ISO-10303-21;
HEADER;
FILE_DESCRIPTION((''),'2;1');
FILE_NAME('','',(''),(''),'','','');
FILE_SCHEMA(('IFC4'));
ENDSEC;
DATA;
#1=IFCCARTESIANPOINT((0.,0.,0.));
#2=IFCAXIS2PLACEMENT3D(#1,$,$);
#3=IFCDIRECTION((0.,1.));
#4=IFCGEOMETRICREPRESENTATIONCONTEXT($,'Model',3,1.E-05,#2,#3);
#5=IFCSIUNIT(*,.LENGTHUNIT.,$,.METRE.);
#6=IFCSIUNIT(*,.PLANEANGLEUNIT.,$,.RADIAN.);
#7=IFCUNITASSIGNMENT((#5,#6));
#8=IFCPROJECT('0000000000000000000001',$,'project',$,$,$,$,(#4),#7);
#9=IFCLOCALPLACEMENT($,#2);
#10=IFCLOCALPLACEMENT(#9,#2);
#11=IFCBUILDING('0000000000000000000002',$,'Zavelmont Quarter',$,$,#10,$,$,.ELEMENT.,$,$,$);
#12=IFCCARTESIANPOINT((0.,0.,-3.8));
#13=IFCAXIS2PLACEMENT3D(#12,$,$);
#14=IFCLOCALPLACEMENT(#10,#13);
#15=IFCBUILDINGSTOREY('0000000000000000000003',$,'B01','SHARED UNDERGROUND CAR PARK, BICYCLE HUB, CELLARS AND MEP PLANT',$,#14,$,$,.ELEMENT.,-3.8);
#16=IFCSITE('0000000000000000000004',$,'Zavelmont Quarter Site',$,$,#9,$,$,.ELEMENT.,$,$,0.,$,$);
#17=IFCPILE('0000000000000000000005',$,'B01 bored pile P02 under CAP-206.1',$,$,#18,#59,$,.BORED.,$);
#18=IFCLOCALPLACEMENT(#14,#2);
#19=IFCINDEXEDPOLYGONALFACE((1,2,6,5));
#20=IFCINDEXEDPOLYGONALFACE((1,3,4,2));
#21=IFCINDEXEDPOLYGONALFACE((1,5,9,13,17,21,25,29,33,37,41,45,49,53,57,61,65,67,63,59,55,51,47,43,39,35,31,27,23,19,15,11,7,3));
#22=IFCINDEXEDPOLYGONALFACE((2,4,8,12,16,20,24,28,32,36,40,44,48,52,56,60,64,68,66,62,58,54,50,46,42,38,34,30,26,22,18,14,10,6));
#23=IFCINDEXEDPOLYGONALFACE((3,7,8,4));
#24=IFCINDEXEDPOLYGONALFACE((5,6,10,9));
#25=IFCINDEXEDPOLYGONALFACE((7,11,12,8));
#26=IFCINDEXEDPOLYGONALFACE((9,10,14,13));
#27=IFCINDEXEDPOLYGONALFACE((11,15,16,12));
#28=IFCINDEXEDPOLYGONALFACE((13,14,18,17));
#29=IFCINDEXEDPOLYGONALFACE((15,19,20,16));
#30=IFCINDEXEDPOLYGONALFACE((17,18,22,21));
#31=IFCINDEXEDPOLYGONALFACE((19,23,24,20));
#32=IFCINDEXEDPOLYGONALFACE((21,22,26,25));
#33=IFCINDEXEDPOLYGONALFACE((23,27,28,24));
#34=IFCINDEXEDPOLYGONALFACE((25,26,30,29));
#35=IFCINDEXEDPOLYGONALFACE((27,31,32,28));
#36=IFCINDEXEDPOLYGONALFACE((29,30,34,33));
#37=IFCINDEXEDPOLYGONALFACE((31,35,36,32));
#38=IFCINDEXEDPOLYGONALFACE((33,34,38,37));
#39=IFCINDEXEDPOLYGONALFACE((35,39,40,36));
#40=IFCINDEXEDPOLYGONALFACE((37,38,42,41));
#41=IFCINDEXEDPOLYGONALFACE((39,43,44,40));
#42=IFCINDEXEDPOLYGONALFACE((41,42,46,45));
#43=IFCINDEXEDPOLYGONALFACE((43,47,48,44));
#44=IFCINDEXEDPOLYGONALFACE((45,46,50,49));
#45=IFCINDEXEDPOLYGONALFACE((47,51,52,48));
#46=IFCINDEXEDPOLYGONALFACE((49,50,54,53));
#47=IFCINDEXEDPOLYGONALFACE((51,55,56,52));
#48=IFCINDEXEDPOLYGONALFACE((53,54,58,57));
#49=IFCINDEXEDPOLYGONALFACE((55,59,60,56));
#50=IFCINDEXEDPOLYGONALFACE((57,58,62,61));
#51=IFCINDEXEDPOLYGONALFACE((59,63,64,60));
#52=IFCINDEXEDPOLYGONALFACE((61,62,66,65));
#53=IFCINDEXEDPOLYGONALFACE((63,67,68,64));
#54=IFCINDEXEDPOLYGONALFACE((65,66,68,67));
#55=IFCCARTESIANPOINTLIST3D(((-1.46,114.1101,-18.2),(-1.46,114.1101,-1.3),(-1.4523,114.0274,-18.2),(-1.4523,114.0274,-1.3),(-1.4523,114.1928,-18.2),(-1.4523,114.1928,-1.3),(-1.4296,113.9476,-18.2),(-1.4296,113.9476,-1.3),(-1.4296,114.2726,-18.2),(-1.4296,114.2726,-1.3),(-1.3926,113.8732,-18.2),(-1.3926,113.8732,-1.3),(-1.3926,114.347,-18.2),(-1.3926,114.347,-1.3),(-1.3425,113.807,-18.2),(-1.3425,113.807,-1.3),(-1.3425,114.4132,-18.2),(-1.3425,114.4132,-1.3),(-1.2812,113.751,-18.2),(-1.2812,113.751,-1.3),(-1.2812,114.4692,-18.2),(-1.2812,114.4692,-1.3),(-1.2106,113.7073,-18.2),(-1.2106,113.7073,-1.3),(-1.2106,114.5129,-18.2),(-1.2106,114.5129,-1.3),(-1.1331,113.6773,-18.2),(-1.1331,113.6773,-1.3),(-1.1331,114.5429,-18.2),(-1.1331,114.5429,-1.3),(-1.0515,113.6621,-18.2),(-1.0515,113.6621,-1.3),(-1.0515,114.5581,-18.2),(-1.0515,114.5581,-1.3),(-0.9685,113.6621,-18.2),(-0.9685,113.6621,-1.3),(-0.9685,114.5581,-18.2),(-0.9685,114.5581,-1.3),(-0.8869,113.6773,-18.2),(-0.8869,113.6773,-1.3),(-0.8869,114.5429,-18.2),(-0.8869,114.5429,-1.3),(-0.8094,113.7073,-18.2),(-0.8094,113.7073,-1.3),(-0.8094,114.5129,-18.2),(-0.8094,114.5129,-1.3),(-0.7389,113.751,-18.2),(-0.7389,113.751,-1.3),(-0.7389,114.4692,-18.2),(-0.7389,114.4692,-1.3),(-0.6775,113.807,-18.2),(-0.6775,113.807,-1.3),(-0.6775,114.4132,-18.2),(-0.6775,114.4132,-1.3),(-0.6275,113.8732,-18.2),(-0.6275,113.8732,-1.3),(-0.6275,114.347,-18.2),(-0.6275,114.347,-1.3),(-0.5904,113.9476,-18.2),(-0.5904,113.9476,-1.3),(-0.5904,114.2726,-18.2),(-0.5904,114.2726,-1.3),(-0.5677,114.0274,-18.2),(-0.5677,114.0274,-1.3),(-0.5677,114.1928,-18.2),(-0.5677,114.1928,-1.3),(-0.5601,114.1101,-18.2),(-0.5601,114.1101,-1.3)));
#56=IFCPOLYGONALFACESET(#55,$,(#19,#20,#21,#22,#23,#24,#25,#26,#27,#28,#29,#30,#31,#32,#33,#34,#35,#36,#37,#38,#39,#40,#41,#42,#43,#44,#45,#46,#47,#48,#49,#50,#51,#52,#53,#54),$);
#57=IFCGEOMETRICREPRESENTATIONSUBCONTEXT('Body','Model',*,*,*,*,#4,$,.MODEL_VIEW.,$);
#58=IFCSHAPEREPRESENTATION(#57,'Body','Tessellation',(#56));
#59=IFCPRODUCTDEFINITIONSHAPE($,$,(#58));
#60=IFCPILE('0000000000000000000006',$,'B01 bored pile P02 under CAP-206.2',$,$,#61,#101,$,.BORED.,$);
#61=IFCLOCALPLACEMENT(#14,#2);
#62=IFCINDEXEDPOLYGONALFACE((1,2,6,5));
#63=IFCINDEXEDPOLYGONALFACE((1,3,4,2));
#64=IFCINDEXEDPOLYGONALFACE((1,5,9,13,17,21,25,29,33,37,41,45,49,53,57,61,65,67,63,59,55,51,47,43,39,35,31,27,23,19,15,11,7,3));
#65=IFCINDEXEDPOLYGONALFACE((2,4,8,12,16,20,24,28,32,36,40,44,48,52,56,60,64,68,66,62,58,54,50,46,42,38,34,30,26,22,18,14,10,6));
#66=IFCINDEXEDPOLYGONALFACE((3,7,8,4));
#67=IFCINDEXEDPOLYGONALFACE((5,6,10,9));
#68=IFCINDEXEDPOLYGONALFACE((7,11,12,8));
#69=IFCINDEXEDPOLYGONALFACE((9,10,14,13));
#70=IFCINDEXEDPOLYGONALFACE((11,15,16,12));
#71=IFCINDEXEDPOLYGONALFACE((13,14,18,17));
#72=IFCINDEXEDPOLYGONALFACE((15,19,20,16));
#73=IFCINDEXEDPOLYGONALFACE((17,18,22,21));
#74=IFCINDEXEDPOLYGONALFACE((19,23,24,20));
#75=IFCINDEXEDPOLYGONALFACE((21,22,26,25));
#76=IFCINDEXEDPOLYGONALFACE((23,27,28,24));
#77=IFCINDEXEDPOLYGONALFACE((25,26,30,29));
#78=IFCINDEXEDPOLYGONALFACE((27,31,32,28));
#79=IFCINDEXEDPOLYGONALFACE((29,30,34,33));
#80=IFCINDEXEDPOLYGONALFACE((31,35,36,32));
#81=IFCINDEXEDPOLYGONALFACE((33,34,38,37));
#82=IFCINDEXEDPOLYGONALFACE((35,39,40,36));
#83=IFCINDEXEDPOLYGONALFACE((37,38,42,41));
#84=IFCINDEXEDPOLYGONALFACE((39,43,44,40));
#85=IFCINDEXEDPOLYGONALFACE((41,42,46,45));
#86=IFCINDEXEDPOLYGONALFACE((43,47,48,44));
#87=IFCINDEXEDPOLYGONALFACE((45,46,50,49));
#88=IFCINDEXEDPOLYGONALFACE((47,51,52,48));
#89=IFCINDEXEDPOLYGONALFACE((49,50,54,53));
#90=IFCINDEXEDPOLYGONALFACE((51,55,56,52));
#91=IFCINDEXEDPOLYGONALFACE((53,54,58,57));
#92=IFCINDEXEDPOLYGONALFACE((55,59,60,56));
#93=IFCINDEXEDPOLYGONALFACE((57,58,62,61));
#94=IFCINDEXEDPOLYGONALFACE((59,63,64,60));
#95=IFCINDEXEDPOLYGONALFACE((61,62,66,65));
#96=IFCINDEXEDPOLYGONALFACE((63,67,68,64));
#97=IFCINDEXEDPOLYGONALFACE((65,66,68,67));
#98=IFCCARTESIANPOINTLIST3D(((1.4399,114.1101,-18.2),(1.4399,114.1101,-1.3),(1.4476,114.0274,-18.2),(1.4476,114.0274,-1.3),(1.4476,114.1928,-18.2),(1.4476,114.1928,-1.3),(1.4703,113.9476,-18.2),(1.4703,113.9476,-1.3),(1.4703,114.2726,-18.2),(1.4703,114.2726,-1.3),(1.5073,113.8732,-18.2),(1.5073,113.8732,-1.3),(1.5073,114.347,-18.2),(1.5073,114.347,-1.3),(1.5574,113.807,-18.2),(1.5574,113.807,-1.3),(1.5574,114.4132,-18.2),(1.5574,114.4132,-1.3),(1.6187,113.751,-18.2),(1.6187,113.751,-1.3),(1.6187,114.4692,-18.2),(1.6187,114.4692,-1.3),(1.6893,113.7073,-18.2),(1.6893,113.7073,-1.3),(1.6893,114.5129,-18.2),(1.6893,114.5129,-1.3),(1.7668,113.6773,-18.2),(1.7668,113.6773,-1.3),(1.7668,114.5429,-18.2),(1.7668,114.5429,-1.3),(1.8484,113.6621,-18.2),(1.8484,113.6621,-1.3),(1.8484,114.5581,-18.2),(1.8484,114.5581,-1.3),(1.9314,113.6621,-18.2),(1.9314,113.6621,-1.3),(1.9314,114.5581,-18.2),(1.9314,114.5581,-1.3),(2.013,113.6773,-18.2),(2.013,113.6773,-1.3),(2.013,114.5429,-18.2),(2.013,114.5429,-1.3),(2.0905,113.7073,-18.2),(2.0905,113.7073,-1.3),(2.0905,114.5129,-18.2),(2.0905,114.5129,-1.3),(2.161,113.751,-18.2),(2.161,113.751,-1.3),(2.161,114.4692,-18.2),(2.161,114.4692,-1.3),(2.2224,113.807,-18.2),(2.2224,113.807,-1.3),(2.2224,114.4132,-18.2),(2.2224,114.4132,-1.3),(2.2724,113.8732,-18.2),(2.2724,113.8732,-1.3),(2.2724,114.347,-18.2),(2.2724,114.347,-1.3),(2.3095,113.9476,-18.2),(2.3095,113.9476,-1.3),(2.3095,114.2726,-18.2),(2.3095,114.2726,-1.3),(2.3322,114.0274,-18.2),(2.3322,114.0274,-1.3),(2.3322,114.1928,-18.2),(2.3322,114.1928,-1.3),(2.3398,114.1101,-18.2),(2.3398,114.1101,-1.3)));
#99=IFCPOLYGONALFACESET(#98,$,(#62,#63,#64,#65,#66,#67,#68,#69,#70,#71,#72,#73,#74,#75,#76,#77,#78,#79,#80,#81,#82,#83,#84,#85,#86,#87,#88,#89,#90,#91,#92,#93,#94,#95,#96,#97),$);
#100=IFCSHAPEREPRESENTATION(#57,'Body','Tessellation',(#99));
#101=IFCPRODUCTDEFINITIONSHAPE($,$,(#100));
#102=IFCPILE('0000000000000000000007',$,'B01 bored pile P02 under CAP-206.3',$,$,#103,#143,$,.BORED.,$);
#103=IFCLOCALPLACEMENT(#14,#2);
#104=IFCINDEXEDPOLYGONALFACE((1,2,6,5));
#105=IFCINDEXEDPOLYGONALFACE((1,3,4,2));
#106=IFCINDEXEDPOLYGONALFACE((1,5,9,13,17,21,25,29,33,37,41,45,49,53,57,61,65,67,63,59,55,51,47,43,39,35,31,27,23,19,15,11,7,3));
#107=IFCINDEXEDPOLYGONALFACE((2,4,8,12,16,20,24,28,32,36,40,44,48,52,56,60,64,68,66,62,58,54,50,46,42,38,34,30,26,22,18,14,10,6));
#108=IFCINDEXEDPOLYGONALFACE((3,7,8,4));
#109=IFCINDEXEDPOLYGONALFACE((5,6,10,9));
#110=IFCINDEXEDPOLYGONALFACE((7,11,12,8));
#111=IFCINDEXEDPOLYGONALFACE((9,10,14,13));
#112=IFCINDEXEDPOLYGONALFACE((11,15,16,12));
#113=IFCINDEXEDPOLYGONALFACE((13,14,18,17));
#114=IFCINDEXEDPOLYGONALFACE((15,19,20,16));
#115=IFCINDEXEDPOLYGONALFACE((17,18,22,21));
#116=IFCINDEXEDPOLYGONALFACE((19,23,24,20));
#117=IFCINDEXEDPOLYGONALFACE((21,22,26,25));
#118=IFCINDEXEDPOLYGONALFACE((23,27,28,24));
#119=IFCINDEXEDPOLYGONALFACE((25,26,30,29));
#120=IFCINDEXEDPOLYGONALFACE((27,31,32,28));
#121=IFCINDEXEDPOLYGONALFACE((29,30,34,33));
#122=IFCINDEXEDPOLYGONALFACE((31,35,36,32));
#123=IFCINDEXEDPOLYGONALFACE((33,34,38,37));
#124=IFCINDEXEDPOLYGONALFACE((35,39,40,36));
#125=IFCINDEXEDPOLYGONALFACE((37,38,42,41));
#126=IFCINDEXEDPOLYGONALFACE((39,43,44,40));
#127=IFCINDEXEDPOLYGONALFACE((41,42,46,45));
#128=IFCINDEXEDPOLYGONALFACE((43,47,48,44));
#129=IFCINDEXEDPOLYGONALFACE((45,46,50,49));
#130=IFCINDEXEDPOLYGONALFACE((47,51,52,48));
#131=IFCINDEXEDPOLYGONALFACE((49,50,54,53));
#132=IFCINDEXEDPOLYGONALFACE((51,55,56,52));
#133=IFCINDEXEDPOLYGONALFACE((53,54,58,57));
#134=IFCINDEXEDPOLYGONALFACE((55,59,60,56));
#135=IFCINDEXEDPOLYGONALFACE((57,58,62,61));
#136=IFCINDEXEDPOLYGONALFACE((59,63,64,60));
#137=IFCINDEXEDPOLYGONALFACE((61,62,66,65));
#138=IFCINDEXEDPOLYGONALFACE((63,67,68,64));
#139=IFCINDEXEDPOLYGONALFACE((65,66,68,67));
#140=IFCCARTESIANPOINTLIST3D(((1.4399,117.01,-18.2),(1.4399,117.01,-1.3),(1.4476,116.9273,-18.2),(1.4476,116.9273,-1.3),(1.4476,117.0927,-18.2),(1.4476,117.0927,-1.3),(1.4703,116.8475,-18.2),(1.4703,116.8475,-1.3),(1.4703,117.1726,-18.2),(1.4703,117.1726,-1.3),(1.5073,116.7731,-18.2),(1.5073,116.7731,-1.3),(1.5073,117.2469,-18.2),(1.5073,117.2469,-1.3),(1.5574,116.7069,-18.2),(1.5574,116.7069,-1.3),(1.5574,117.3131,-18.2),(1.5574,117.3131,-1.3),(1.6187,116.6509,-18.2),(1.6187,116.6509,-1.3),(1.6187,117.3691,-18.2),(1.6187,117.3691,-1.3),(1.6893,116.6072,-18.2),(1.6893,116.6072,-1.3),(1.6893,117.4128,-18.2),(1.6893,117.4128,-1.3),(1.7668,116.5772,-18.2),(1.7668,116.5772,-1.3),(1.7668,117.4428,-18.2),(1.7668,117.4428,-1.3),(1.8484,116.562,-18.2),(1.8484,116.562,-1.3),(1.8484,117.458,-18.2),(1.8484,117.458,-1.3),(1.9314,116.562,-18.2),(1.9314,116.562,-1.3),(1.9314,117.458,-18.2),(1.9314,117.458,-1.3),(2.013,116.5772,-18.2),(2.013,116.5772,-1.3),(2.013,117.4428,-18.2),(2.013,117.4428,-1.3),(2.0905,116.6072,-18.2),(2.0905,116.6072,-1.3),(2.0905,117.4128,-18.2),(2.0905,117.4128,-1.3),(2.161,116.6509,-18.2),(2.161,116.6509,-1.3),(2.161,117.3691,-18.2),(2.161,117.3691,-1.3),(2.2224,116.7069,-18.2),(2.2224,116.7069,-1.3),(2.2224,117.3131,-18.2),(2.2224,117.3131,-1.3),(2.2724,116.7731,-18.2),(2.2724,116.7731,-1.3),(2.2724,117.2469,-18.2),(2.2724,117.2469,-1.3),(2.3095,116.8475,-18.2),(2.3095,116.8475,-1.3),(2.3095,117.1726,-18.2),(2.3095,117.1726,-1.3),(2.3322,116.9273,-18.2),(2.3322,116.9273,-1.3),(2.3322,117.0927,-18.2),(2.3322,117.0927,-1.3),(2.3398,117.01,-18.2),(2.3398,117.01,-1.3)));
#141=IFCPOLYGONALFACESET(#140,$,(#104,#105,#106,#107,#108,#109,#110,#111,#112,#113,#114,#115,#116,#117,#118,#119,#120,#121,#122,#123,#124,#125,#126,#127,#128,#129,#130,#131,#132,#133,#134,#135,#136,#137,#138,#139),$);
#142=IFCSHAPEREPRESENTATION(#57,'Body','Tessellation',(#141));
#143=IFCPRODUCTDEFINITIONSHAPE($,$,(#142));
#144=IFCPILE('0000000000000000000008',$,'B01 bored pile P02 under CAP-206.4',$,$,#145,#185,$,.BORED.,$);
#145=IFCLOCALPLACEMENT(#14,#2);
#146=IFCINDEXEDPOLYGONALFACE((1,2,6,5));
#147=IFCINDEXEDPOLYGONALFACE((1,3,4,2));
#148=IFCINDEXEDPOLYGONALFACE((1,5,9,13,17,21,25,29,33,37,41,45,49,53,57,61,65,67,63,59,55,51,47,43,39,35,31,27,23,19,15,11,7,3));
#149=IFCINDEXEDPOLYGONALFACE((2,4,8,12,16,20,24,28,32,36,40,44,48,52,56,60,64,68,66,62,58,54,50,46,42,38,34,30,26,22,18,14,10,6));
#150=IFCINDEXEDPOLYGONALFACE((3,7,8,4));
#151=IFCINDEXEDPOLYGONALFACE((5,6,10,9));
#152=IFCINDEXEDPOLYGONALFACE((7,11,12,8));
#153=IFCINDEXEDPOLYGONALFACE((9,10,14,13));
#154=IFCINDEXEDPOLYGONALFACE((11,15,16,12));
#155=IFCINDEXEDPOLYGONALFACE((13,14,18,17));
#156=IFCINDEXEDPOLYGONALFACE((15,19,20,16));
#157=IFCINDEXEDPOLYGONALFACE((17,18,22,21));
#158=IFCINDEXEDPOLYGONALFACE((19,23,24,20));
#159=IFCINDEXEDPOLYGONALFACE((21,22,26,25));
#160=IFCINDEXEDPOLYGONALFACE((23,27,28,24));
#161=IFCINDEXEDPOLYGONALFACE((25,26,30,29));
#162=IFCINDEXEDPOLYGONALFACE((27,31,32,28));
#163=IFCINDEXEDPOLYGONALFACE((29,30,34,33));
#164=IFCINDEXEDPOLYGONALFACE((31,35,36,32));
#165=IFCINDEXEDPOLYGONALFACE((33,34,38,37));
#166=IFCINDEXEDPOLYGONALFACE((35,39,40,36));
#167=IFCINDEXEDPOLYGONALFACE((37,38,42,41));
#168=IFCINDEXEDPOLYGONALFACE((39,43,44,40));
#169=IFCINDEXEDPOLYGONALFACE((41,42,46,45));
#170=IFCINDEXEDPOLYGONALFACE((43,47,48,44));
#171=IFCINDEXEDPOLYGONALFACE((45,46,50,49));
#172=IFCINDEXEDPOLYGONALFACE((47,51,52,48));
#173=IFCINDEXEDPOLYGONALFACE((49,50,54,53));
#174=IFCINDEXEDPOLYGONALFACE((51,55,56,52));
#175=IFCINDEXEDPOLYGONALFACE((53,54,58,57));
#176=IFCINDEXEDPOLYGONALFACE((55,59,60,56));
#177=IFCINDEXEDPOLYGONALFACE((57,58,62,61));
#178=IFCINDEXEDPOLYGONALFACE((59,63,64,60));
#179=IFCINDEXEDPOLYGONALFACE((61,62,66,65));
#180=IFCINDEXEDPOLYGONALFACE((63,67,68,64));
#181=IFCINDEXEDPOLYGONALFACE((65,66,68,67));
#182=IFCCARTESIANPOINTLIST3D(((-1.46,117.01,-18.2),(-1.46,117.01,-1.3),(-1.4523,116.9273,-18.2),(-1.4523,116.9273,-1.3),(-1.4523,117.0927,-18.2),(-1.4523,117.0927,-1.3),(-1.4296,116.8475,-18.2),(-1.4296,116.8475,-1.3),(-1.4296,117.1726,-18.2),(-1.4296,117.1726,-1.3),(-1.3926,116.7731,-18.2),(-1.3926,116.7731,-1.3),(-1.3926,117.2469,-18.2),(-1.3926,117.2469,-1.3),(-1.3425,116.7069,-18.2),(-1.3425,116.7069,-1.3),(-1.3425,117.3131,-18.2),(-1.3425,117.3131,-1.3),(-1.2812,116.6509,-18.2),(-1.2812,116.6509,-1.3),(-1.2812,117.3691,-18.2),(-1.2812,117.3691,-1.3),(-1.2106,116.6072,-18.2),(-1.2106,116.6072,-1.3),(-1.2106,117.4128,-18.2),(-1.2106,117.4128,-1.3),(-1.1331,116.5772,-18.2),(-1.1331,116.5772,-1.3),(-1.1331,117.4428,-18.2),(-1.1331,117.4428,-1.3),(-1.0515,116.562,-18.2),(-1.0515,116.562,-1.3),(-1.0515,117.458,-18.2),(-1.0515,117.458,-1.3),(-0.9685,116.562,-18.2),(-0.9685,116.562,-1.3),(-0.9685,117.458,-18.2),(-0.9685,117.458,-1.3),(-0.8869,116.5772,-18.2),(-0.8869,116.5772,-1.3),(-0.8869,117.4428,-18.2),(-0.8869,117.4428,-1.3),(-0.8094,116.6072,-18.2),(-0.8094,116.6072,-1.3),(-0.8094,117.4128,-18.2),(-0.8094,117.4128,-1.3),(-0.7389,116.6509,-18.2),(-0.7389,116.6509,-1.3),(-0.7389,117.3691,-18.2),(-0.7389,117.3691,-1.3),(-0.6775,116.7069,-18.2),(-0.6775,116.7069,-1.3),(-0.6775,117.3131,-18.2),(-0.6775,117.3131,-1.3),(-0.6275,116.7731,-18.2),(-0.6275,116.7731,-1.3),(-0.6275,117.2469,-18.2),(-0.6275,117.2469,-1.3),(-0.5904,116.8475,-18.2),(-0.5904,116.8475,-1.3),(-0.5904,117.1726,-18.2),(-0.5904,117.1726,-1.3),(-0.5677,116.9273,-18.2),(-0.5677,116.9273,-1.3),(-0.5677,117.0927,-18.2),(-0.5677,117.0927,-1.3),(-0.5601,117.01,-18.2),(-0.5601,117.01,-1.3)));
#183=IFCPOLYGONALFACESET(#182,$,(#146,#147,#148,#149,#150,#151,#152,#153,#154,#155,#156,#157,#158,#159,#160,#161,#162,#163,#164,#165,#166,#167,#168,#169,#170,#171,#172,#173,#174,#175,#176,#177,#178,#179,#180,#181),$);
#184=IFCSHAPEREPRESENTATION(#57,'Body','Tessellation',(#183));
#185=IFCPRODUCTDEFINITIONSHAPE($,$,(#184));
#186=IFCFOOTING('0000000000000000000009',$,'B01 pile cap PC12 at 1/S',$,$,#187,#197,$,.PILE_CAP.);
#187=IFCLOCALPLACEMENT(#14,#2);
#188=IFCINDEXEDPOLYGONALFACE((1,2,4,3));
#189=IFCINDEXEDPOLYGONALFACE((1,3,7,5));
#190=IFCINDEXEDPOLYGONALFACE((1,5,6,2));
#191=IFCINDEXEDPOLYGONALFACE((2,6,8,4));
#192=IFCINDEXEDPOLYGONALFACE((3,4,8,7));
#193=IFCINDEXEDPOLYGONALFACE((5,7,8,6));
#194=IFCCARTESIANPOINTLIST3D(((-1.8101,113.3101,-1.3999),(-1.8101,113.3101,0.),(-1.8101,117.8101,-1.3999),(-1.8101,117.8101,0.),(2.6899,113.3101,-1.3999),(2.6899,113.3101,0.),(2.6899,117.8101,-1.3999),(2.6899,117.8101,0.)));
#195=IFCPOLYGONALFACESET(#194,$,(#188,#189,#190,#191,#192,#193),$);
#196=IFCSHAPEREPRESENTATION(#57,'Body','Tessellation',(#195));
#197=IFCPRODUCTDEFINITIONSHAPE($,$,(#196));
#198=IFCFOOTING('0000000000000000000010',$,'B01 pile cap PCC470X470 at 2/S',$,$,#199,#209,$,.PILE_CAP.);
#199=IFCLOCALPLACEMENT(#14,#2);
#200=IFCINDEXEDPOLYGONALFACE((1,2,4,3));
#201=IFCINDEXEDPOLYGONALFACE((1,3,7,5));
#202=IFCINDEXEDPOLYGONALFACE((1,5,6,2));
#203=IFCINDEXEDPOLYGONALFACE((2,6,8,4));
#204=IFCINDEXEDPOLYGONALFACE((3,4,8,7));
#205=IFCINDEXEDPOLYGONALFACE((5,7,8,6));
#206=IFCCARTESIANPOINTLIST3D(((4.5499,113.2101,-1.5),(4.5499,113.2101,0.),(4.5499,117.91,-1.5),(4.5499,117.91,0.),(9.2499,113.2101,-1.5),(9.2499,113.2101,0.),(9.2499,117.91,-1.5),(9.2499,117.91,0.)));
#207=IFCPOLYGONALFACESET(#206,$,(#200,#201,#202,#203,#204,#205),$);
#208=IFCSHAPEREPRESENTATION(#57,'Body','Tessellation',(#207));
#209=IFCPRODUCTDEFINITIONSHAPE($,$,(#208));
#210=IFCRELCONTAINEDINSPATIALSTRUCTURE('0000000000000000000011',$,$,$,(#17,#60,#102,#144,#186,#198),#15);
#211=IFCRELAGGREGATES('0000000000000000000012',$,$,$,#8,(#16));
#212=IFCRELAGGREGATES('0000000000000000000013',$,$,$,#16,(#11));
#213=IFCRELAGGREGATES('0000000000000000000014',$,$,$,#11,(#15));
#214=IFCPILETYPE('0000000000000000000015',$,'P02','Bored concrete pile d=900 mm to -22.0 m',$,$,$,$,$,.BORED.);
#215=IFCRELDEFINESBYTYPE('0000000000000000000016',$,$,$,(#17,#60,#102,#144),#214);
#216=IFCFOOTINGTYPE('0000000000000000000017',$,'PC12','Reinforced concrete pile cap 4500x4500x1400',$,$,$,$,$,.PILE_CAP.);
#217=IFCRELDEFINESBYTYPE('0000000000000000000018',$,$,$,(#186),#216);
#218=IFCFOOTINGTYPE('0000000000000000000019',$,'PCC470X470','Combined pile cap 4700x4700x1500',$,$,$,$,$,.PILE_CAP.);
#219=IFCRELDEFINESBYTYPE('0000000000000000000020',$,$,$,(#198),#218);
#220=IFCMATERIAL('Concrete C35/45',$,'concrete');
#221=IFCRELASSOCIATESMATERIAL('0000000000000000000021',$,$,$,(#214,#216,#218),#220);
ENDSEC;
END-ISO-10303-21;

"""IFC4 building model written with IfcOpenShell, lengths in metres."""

from ifc_helpers import new_model, si_unit, direction, frame, origin, origin_2d, place, context, subcontext, project, spatial, rectangle, circle, extrude, material, material_profile, profile_set, type_object, element, save


model = new_model("IFC4")

# Units and contexts
model_context = context("Model", 3, precision=1e-05, world=origin(), true_north=direction((0.0, 1.0)))
body_context = subcontext(model_context, "Body", "Model", "MODEL_VIEW")
ifc_project = project(units=[si_unit("LENGTHUNIT", "METRE"), si_unit("PLANEANGLEUNIT", "RADIAN")], contexts=[model_context])

# Site, building, storey
site_placement = place(None, origin())
site = spatial("IfcSite", under=ifc_project, at=site_placement, Name="Zavelmont Quarter Site", CompositionType="ELEMENT", RefElevation=0.0)
building_placement = place(site_placement, origin())
building = spatial("IfcBuilding", under=site, at=building_placement, Name="Zavelmont Quarter", CompositionType="ELEMENT")
storey_placement = place(building_placement, frame((0.0, 0.0, -3.8)))
storey = spatial("IfcBuildingStorey", under=building, at=storey_placement, Name="B01", Description="SHARED UNDERGROUND CAR PARK, BICYCLE HUB, CELLARS AND MEP PLANT", CompositionType="ELEMENT", Elevation=-3.8)

# Shared definitions
ifc_material_1 = material(Name="Concrete C35/45", Category="concrete")

# Piles
ifc_material_profile_1 = material_profile(ifc_material_1, circle(Radius=0.45, at=origin_2d()), Name="BP900")
ifc_profile_set_1 = profile_set([ifc_material_profile_1], Name="Concrete C35/45")
pile_type_1 = type_object("IfcPileType", Name="P02", Description="Bored concrete pile d=900 mm to -22.0 m", PredefinedType="BORED", material=ifc_profile_set_1)
for number, where, z_axis, x_axis, name in (
    (1, (-1.01, 114.1101, -1.3), (0.0, 0.0, -1.0), (1.0, 0.0, 0.0), "B01 bored pile P02 under CAP-206.1"),
    (2, (1.8899, 114.1101, -1.3), (0.0, 0.0, -1.0), (1.0, 0.0, 0.0), "B01 bored pile P02 under CAP-206.2"),
    (3, (1.8899, 117.01, -1.3), (0.0, 0.0, -1.0), (1.0, 0.0, 0.0), "B01 bored pile P02 under CAP-206.3"),
    (4, (-1.01, 117.01, -1.3), (0.0, 0.0, -1.0), (1.0, 0.0, 0.0), "B01 bored pile P02 under CAP-206.4"),
):
    element("IfcPile", number, at=place(storey_placement, frame(where, z_axis=z_axis, x_axis=x_axis)), inside=storey, type_object=pile_type_1, Name=name, PredefinedType="BORED", context=body_context, shape_type="SweptSolid", body=[
        extrude(circle(Radius=0.45, at=origin_2d()), origin(), (0.0, 0.0, 1.0), 16.8999),
    ])

# Footings
footing_type_1 = type_object("IfcFootingType", Name="PC12", Description="Reinforced concrete pile cap 4500x4500x1400", PredefinedType="PILE_CAP", material=ifc_material_1)
footing_1_placement = place(storey_placement, frame((0.4399, 115.5601, -1.3999), z_axis=(0.0, 0.0, 1.0), x_axis=(1.0, 0.0, 0.0)))
element("IfcFooting", 5, at=footing_1_placement, inside=storey, type_object=footing_type_1, Name="B01 pile cap PC12 at 1/S", PredefinedType="PILE_CAP", context=body_context, shape_type="SweptSolid", body=[
    extrude(rectangle(XDim=4.5, YDim=4.5, at=origin_2d()), origin(), (0.0, 0.0, 1.0), 1.3999),
])
footing_type_2 = type_object("IfcFootingType", Name="PCC470X470", Description="Combined pile cap 4700x4700x1500", PredefinedType="PILE_CAP", material=ifc_material_1)
footing_2_placement = place(storey_placement, frame((6.8999, 115.5601, -1.5), z_axis=(0.0, 0.0, 1.0), x_axis=(1.0, 0.0, 0.0)))
element("IfcFooting", 6, at=footing_2_placement, inside=storey, type_object=footing_type_2, Name="B01 pile cap PCC470X470 at 2/S", PredefinedType="PILE_CAP", context=body_context, shape_type="SweptSolid", body=[
    extrude(rectangle(XDim=4.7, YDim=4.7, at=origin_2d()), origin(), (0.0, 0.0, 1.0), 1.5),
])

save(model, "model.ifc")
